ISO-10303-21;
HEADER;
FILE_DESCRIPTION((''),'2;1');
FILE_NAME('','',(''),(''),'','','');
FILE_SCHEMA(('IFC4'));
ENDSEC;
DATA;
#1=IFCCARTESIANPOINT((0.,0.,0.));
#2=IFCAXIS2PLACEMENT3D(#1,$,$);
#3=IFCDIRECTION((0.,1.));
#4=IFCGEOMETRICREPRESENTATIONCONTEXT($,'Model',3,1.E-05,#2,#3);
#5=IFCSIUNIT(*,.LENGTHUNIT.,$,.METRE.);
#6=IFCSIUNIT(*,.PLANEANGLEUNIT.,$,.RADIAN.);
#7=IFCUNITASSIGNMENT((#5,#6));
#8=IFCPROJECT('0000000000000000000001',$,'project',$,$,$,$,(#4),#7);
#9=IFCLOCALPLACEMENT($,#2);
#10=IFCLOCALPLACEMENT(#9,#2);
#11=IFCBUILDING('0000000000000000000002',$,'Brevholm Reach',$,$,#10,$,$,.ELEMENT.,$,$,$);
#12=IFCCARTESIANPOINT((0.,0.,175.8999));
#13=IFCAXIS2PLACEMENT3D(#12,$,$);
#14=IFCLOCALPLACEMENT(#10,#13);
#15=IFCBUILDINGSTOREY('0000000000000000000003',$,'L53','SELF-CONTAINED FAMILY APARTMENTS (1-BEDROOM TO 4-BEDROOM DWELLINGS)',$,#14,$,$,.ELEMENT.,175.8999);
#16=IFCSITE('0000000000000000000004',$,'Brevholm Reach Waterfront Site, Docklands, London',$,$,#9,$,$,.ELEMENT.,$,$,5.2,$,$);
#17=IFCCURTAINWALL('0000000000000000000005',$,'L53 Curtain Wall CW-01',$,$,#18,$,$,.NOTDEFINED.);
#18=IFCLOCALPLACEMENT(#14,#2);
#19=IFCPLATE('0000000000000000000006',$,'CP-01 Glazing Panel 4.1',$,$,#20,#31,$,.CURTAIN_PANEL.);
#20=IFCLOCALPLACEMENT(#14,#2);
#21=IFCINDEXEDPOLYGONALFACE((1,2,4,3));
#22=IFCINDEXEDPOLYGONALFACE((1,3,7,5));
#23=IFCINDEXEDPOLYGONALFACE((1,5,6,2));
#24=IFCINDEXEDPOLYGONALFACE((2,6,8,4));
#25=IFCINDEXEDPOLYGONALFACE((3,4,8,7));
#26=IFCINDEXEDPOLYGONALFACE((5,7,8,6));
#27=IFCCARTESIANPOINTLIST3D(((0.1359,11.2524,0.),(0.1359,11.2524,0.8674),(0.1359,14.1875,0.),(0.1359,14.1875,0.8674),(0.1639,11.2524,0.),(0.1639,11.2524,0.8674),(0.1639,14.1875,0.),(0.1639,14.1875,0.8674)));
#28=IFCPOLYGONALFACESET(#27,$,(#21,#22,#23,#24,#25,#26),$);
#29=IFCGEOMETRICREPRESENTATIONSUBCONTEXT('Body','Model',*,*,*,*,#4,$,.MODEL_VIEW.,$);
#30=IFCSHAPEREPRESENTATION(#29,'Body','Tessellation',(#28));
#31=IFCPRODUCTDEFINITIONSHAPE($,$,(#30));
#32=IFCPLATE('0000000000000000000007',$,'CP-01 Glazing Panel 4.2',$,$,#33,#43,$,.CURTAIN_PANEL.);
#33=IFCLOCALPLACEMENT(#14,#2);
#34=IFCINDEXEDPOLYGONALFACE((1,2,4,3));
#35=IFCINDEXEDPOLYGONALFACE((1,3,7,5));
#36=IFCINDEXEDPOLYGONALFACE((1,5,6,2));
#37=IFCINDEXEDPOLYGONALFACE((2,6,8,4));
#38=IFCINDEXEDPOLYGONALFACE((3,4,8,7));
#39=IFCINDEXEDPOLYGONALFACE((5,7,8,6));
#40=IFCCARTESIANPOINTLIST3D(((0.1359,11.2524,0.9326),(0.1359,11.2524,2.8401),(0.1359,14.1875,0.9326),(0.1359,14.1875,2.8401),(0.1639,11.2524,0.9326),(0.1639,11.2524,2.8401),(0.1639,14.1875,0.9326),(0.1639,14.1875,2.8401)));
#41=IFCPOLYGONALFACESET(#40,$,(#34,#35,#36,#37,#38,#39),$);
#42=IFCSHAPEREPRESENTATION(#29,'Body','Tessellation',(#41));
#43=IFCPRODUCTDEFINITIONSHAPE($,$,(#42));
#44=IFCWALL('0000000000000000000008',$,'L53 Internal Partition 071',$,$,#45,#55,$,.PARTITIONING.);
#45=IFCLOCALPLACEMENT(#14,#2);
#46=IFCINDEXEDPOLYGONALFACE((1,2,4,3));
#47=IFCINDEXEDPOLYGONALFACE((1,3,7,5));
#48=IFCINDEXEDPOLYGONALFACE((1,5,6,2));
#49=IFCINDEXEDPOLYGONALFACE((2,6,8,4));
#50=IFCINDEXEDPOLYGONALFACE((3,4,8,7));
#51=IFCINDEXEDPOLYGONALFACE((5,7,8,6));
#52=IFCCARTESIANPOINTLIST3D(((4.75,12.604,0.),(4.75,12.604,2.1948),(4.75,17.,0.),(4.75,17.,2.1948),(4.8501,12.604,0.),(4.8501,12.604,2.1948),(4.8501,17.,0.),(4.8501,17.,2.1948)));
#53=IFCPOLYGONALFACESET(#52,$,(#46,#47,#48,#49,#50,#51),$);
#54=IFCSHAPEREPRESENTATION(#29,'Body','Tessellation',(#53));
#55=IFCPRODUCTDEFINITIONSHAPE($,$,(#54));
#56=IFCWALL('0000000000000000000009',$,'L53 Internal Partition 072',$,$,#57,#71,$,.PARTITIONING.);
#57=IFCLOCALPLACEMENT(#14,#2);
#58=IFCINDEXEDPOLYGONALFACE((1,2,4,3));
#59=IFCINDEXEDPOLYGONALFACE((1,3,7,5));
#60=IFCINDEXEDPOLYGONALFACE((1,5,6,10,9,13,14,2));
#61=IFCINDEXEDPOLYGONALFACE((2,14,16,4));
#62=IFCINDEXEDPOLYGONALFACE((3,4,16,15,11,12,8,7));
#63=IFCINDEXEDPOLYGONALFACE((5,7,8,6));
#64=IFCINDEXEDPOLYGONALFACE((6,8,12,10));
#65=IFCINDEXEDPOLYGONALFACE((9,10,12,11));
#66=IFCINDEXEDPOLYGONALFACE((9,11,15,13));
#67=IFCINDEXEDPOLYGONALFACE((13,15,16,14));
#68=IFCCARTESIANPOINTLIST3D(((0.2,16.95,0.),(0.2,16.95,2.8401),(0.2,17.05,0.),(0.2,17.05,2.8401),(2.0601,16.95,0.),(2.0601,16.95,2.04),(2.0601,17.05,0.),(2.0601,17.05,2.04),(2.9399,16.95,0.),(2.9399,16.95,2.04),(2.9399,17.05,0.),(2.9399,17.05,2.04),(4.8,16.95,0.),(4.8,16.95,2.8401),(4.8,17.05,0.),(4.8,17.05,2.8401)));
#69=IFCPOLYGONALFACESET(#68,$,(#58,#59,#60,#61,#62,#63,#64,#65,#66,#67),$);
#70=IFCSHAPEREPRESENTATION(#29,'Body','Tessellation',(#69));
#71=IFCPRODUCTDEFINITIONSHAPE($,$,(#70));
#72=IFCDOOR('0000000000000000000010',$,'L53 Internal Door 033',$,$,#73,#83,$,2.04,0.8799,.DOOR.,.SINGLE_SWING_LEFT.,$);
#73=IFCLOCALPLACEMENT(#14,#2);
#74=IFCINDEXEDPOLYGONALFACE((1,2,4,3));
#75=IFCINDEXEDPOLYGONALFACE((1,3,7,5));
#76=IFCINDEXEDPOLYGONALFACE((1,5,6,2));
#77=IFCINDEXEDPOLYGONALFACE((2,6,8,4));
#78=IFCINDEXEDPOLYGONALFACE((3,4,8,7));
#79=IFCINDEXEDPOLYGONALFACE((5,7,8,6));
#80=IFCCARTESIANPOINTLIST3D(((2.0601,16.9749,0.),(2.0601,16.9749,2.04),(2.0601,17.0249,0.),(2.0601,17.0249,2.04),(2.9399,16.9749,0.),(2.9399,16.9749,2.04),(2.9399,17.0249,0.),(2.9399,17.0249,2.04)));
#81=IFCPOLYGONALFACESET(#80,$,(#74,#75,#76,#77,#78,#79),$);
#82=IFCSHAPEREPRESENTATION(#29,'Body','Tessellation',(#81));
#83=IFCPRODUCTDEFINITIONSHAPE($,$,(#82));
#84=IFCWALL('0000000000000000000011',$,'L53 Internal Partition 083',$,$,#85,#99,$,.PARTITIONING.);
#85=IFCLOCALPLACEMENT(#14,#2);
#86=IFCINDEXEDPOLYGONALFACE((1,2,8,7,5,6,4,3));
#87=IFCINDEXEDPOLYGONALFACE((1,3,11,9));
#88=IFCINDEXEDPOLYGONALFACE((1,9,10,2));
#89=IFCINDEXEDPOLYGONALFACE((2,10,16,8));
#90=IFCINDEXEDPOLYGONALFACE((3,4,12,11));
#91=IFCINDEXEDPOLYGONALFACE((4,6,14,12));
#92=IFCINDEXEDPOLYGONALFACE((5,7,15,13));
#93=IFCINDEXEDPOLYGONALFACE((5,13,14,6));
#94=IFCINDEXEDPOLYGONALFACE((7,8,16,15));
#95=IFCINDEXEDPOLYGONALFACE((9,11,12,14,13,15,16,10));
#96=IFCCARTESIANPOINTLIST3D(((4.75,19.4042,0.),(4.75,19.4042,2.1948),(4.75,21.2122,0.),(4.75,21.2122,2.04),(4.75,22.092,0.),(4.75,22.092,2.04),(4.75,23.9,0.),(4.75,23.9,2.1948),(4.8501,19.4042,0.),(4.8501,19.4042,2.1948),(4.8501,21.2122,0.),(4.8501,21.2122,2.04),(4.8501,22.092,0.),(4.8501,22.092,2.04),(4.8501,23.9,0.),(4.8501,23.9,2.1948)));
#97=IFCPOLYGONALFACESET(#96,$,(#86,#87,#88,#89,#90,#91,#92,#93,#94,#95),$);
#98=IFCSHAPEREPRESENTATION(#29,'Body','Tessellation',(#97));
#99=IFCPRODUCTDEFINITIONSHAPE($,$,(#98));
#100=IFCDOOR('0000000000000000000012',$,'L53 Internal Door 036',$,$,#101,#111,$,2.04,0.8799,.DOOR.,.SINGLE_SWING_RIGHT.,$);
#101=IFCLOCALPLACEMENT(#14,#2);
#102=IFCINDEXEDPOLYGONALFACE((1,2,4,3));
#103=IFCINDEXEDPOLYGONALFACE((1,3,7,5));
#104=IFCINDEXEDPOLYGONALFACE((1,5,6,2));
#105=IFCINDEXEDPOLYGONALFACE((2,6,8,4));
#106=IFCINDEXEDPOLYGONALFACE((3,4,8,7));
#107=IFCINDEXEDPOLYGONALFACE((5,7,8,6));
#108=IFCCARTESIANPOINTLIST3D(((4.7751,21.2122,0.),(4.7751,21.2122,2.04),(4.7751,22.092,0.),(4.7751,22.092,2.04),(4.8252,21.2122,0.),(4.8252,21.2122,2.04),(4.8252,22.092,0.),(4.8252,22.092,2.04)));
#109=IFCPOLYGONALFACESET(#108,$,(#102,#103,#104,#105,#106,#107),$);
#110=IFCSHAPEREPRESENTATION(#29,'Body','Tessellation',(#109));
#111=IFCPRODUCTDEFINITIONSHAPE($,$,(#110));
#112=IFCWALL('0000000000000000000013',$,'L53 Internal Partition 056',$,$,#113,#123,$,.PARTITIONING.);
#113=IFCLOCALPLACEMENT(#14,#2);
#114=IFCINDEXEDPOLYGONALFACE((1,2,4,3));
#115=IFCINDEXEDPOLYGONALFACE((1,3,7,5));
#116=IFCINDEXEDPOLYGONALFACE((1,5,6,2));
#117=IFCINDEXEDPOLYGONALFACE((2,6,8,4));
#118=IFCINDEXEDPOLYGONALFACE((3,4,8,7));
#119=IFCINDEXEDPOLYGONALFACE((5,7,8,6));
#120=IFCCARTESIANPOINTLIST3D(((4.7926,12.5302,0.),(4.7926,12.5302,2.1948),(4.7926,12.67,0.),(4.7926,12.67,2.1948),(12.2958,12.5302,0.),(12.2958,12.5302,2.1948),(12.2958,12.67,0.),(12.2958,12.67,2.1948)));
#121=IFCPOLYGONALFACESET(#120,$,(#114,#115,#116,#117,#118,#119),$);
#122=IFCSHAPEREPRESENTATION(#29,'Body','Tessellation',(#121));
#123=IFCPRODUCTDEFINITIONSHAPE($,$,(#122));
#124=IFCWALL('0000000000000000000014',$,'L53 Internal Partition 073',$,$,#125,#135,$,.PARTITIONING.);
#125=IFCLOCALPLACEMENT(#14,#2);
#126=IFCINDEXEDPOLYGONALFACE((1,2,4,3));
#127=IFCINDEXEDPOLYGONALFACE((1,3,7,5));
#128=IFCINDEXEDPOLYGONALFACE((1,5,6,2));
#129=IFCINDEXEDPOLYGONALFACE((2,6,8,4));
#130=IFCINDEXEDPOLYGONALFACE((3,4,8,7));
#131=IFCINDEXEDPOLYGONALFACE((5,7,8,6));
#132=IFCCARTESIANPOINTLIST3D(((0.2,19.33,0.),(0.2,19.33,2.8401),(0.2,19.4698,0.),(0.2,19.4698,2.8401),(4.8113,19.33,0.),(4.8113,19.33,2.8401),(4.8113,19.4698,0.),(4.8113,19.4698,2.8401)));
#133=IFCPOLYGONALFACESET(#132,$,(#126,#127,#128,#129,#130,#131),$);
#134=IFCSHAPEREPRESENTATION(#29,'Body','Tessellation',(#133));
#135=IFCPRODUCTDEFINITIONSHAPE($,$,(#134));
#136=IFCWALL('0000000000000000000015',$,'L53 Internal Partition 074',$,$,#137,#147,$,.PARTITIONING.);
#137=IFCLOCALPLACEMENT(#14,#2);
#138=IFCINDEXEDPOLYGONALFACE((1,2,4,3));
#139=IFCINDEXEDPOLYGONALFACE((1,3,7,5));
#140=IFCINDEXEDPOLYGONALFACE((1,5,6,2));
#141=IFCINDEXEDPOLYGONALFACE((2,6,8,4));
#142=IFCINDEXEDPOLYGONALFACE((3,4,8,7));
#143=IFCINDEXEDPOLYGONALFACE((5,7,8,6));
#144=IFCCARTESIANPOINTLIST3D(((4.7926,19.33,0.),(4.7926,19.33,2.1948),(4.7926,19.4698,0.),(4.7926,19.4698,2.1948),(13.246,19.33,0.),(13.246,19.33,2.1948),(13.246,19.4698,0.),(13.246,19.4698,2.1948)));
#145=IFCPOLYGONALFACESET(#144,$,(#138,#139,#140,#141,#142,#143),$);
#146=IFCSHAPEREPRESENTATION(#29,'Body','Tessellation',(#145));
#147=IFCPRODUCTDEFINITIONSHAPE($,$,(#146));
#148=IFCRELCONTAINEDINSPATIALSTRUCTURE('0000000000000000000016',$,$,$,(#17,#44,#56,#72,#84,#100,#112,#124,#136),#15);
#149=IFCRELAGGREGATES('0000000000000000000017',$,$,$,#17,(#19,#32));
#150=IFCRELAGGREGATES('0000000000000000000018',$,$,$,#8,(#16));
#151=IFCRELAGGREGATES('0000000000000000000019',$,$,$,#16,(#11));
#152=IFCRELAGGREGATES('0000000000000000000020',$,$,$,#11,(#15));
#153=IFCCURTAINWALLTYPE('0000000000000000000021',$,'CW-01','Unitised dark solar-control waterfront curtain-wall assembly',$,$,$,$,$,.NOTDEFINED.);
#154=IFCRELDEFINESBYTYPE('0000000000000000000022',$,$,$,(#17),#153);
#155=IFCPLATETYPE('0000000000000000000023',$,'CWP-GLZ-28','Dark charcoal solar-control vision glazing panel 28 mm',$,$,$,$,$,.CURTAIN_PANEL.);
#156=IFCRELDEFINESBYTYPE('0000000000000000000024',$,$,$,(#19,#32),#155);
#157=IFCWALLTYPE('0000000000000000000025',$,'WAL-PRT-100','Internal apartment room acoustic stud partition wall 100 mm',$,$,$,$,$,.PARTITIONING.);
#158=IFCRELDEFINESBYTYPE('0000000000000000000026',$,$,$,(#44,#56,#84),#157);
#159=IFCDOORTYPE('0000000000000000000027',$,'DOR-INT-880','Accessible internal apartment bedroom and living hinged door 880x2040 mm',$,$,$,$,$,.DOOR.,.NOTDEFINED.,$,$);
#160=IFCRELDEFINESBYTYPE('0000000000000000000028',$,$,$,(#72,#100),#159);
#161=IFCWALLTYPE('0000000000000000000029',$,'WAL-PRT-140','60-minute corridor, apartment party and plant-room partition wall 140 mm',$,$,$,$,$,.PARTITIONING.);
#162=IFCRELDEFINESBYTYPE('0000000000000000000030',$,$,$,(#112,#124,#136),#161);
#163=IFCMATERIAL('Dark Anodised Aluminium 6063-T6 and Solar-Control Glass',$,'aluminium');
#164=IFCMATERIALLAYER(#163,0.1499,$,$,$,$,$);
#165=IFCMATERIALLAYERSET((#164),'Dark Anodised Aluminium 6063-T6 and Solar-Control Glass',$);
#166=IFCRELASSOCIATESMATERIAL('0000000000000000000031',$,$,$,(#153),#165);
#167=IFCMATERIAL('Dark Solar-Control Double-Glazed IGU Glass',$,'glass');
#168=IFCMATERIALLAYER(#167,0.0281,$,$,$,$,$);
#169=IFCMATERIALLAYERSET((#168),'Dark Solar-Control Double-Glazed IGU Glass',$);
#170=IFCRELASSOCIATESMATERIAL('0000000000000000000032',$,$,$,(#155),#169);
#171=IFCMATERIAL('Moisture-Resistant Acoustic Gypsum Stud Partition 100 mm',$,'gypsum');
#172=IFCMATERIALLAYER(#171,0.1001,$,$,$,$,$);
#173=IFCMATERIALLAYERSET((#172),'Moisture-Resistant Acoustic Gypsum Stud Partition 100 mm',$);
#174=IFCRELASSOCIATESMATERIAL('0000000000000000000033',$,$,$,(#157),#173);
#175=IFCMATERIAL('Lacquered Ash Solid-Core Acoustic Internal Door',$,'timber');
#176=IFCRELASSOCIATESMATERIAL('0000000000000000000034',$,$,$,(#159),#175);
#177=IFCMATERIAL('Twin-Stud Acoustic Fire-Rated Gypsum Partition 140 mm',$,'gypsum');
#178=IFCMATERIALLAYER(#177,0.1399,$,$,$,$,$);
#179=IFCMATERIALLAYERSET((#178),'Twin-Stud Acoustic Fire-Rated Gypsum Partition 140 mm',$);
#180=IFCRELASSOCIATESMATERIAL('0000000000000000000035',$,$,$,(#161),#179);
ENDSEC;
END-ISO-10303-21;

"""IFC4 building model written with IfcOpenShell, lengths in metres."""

from ifc_helpers import new_model, si_unit, direction, frame, frame_2d, origin, origin_2d, place, context, subcontext, project, spatial, rectangle, extrude, material, layer, layer_set, type_object, element, fill, aggregate, save


model = new_model("IFC4")

# Units and contexts
model_context = context("Model", 3, precision=1e-05, world=origin(), true_north=direction((0.0, 1.0)))
body_context = subcontext(model_context, "Body", "Model", "MODEL_VIEW")
ifc_project = project(units=[si_unit("LENGTHUNIT", "METRE"), si_unit("PLANEANGLEUNIT", "RADIAN")], contexts=[model_context])

# Site, building, storey
site_placement = place(None, origin())
site = spatial("IfcSite", under=ifc_project, at=site_placement, Name="Brevholm Reach Waterfront Site, Docklands, London", CompositionType="ELEMENT", RefElevation=5.2)
building_placement = place(site_placement, origin())
building = spatial("IfcBuilding", under=site, at=building_placement, Name="Brevholm Reach", CompositionType="ELEMENT")
storey_placement = place(building_placement, frame((0.0, 0.0, 175.8999)))
storey = spatial("IfcBuildingStorey", under=building, at=storey_placement, Name="L53", Description="SELF-CONTAINED FAMILY APARTMENTS (1-BEDROOM TO 4-BEDROOM DWELLINGS)", CompositionType="ELEMENT", Elevation=175.8999)

# Curtain wall, plates
ifc_material_1 = material(Name="Dark Anodised Aluminium 6063-T6 and Solar-Control Glass", Category="aluminium")
ifc_layer_1 = layer(ifc_material_1, 0.1499)
ifc_layer_set_1 = layer_set([ifc_layer_1], Name="Dark Anodised Aluminium 6063-T6 and Solar-Control Glass")
curtain_wall_type = type_object("IfcCurtainWallType", Name="CW-01", Description="Unitised dark solar-control waterfront curtain-wall assembly", PredefinedType="NOTDEFINED", material=ifc_layer_set_1)
curtain_wall_placement = place(storey_placement, origin())
curtain_wall = element("IfcCurtainWall", 1, at=curtain_wall_placement, inside=storey, type_object=curtain_wall_type, Name="L53 Curtain Wall CW-01", PredefinedType="NOTDEFINED")
ifc_material_2 = material(Name="Dark Solar-Control Double-Glazed IGU Glass", Category="glass")
ifc_layer_2 = layer(ifc_material_2, 0.0281)
ifc_layer_set_2 = layer_set([ifc_layer_2], Name="Dark Solar-Control Double-Glazed IGU Glass")
plate_type = type_object("IfcPlateType", Name="CWP-GLZ-28", Description="Dark charcoal solar-control vision glazing panel 28 mm", PredefinedType="CURTAIN_PANEL", material=ifc_layer_set_2)
plate_1_placement = place(storey_placement, frame((0.1499, 12.72, 0.0), z_axis=(0.0, 0.0, 1.0), x_axis=(0.0, -1.0, 0.0)))
plate_1 = element("IfcPlate", 2, at=plate_1_placement, type_object=plate_type, Name="CP-01 Glazing Panel 4.1", PredefinedType="CURTAIN_PANEL", context=body_context, shape_type="SweptSolid", body=[
    extrude(rectangle(XDim=2.9351, YDim=0.0281, at=origin_2d()), origin(), (0.0, 0.0, 1.0), 0.8674),
])
plate_2_placement = place(storey_placement, frame((0.1499, 12.72, 0.9326), z_axis=(0.0, 0.0, 1.0), x_axis=(0.0, -1.0, 0.0)))
plate_2 = element("IfcPlate", 3, at=plate_2_placement, type_object=plate_type, Name="CP-01 Glazing Panel 4.2", PredefinedType="CURTAIN_PANEL", context=body_context, shape_type="SweptSolid", body=[
    extrude(rectangle(XDim=2.9351, YDim=0.0281, at=origin_2d()), origin(), (0.0, 0.0, 1.0), 1.9075),
])
aggregate(curtain_wall, [plate_1, plate_2])

# Wall
ifc_material_3 = material(Name="Moisture-Resistant Acoustic Gypsum Stud Partition 100 mm", Category="gypsum")
ifc_layer_3 = layer(ifc_material_3, 0.1001)
ifc_layer_set_3 = layer_set([ifc_layer_3], Name="Moisture-Resistant Acoustic Gypsum Stud Partition 100 mm")
wall_type_1 = type_object("IfcWallType", Name="WAL-PRT-100", Description="Internal apartment room acoustic stud partition wall 100 mm", PredefinedType="PARTITIONING", material=ifc_layer_set_3)
wall_1_placement = place(storey_placement, frame((4.8, 12.604, 0.0), z_axis=(0.0, 0.0, 1.0), x_axis=(0.0, 1.0, 0.0)))
element("IfcWall", 4, at=wall_1_placement, inside=storey, type_object=wall_type_1, Name="L53 Internal Partition 071", PredefinedType="PARTITIONING", context=body_context, shape_type="SweptSolid", body=[
    extrude(rectangle(XDim=4.396, YDim=0.1001, at=frame_2d((2.198, 0.0))), origin(), (0.0, 0.0, 1.0), 2.1948),
])

# Walls, openings, doors
wall_2_placement = place(storey_placement, frame((0.2, 17.0, 0.0), z_axis=(0.0, 0.0, 1.0), x_axis=(1.0, 0.0, 0.0)))
wall_2 = element("IfcWall", 5, at=wall_2_placement, inside=storey, type_object=wall_type_1, Name="L53 Internal Partition 072", PredefinedType="PARTITIONING", context=body_context, shape_type="SweptSolid", body=[
    extrude(rectangle(XDim=4.6001, YDim=0.1001, at=frame_2d((2.3, 0.0))), origin(), (0.0, 0.0, 1.0), 2.8401),
])
opening_1_placement = place(wall_2_placement, frame((1.8601, 0.0, 0.0)))
opening_1 = element("IfcOpeningElement", 6, at=opening_1_placement, cuts=wall_2, PredefinedType="OPENING", context=body_context, shape_type="SweptSolid", body=[
    extrude(rectangle(XDim=0.8799, YDim=2.04, at=frame_2d((0.4399, 1.02))), frame((0.0, 0.0601, 0.0), z_axis=(0.0, -1.0, 0.0), x_axis=(1.0, 0.0, 0.0)), (0.0, 0.0, 1.0), 0.1201),
])
ifc_material_4 = material(Name="Lacquered Ash Solid-Core Acoustic Internal Door", Category="timber")
door_type = type_object("IfcDoorType", Name="DOR-INT-880", Description="Accessible internal apartment bedroom and living hinged door 880x2040 mm", OperationType="NOTDEFINED", PredefinedType="DOOR", material=ifc_material_4)
door_1_placement = place(opening_1_placement, origin())
door_1 = element("IfcDoor", 7, at=door_1_placement, inside=storey, type_object=door_type, Name="L53 Internal Door 033", OperationType="SINGLE_SWING_LEFT", OverallHeight=2.04, OverallWidth=0.8799, PredefinedType="DOOR", context=body_context, shape_type="SweptSolid", body=[
    extrude(rectangle(XDim=0.8799, YDim=2.04, at=frame_2d((0.4399, 1.02))), frame((0.0, 0.0249, 0.0), z_axis=(0.0, -1.0, 0.0), x_axis=(1.0, 0.0, 0.0)), (0.0, 0.0, 1.0), 0.05),
])
fill(opening_1, door_1)
wall_3_placement = place(storey_placement, frame((4.8, 19.4041, 0.0), z_axis=(0.0, 0.0, 1.0), x_axis=(0.0, 1.0, 0.0)))
wall_3 = element("IfcWall", 8, at=wall_3_placement, inside=storey, type_object=wall_type_1, Name="L53 Internal Partition 083", PredefinedType="PARTITIONING", context=body_context, shape_type="SweptSolid", body=[
    extrude(rectangle(XDim=4.4958, YDim=0.1001, at=frame_2d((2.248, 0.0))), origin(), (0.0, 0.0, 1.0), 2.1948),
])
opening_2_placement = place(wall_3_placement, frame((1.8081, 0.0, 0.0)))
opening_2 = element("IfcOpeningElement", 9, at=opening_2_placement, cuts=wall_3, PredefinedType="OPENING", context=body_context, shape_type="SweptSolid", body=[
    extrude(rectangle(XDim=0.8799, YDim=2.04, at=frame_2d((0.4399, 1.02))), frame((0.0, 0.0601, 0.0), z_axis=(0.0, -1.0, 0.0), x_axis=(1.0, 0.0, 0.0)), (0.0, 0.0, 1.0), 0.1201),
])
door_2_placement = place(opening_2_placement, origin())
door_2 = element("IfcDoor", 10, at=door_2_placement, inside=storey, type_object=door_type, Name="L53 Internal Door 036", OperationType="SINGLE_SWING_RIGHT", OverallHeight=2.04, OverallWidth=0.8799, PredefinedType="DOOR", context=body_context, shape_type="SweptSolid", body=[
    extrude(rectangle(XDim=0.8799, YDim=2.04, at=frame_2d((0.4399, 1.02))), frame((0.0, 0.0249, 0.0), z_axis=(0.0, -1.0, 0.0), x_axis=(1.0, 0.0, 0.0)), (0.0, 0.0, 1.0), 0.05),
])
fill(opening_2, door_2)

# Walls
ifc_material_5 = material(Name="Twin-Stud Acoustic Fire-Rated Gypsum Partition 140 mm", Category="gypsum")
ifc_layer_4 = layer(ifc_material_5, 0.1399)
ifc_layer_set_4 = layer_set([ifc_layer_4], Name="Twin-Stud Acoustic Fire-Rated Gypsum Partition 140 mm")
wall_type_2 = type_object("IfcWallType", Name="WAL-PRT-140", Description="60-minute corridor, apartment party and plant-room partition wall 140 mm", PredefinedType="PARTITIONING", material=ifc_layer_set_4)
wall_4_placement = place(storey_placement, frame((4.7927, 12.6001, 0.0), z_axis=(0.0, 0.0, 1.0), x_axis=(1.0, 0.0, 0.0)))
element("IfcWall", 11, at=wall_4_placement, inside=storey, type_object=wall_type_2, Name="L53 Internal Partition 056", PredefinedType="PARTITIONING", context=body_context, shape_type="SweptSolid", body=[
    extrude(rectangle(XDim=7.5032, YDim=0.1399, at=frame_2d((3.7515, 0.0))), origin(), (0.0, 0.0, 1.0), 2.1948),
])
wall_5_placement = place(storey_placement, frame((0.2, 19.3999, 0.0), z_axis=(0.0, 0.0, 1.0), x_axis=(1.0, 0.0, 0.0)))
element("IfcWall", 12, at=wall_5_placement, inside=storey, type_object=wall_type_2, Name="L53 Internal Partition 073", PredefinedType="PARTITIONING", context=body_context, shape_type="SweptSolid", body=[
    extrude(rectangle(XDim=4.6113, YDim=0.1399, at=frame_2d((2.3057, 0.0))), origin(), (0.0, 0.0, 1.0), 2.8401),
])
wall_6_placement = place(storey_placement, frame((4.7927, 19.3999, 0.0), z_axis=(0.0, 0.0, 1.0), x_axis=(1.0, 0.0, 0.0)))
element("IfcWall", 13, at=wall_6_placement, inside=storey, type_object=wall_type_2, Name="L53 Internal Partition 074", PredefinedType="PARTITIONING", context=body_context, shape_type="SweptSolid", body=[
    extrude(rectangle(XDim=8.4534, YDim=0.1399, at=frame_2d((4.2266, 0.0))), origin(), (0.0, 0.0, 1.0), 2.1948),
])

save(model, "model.ifc")
